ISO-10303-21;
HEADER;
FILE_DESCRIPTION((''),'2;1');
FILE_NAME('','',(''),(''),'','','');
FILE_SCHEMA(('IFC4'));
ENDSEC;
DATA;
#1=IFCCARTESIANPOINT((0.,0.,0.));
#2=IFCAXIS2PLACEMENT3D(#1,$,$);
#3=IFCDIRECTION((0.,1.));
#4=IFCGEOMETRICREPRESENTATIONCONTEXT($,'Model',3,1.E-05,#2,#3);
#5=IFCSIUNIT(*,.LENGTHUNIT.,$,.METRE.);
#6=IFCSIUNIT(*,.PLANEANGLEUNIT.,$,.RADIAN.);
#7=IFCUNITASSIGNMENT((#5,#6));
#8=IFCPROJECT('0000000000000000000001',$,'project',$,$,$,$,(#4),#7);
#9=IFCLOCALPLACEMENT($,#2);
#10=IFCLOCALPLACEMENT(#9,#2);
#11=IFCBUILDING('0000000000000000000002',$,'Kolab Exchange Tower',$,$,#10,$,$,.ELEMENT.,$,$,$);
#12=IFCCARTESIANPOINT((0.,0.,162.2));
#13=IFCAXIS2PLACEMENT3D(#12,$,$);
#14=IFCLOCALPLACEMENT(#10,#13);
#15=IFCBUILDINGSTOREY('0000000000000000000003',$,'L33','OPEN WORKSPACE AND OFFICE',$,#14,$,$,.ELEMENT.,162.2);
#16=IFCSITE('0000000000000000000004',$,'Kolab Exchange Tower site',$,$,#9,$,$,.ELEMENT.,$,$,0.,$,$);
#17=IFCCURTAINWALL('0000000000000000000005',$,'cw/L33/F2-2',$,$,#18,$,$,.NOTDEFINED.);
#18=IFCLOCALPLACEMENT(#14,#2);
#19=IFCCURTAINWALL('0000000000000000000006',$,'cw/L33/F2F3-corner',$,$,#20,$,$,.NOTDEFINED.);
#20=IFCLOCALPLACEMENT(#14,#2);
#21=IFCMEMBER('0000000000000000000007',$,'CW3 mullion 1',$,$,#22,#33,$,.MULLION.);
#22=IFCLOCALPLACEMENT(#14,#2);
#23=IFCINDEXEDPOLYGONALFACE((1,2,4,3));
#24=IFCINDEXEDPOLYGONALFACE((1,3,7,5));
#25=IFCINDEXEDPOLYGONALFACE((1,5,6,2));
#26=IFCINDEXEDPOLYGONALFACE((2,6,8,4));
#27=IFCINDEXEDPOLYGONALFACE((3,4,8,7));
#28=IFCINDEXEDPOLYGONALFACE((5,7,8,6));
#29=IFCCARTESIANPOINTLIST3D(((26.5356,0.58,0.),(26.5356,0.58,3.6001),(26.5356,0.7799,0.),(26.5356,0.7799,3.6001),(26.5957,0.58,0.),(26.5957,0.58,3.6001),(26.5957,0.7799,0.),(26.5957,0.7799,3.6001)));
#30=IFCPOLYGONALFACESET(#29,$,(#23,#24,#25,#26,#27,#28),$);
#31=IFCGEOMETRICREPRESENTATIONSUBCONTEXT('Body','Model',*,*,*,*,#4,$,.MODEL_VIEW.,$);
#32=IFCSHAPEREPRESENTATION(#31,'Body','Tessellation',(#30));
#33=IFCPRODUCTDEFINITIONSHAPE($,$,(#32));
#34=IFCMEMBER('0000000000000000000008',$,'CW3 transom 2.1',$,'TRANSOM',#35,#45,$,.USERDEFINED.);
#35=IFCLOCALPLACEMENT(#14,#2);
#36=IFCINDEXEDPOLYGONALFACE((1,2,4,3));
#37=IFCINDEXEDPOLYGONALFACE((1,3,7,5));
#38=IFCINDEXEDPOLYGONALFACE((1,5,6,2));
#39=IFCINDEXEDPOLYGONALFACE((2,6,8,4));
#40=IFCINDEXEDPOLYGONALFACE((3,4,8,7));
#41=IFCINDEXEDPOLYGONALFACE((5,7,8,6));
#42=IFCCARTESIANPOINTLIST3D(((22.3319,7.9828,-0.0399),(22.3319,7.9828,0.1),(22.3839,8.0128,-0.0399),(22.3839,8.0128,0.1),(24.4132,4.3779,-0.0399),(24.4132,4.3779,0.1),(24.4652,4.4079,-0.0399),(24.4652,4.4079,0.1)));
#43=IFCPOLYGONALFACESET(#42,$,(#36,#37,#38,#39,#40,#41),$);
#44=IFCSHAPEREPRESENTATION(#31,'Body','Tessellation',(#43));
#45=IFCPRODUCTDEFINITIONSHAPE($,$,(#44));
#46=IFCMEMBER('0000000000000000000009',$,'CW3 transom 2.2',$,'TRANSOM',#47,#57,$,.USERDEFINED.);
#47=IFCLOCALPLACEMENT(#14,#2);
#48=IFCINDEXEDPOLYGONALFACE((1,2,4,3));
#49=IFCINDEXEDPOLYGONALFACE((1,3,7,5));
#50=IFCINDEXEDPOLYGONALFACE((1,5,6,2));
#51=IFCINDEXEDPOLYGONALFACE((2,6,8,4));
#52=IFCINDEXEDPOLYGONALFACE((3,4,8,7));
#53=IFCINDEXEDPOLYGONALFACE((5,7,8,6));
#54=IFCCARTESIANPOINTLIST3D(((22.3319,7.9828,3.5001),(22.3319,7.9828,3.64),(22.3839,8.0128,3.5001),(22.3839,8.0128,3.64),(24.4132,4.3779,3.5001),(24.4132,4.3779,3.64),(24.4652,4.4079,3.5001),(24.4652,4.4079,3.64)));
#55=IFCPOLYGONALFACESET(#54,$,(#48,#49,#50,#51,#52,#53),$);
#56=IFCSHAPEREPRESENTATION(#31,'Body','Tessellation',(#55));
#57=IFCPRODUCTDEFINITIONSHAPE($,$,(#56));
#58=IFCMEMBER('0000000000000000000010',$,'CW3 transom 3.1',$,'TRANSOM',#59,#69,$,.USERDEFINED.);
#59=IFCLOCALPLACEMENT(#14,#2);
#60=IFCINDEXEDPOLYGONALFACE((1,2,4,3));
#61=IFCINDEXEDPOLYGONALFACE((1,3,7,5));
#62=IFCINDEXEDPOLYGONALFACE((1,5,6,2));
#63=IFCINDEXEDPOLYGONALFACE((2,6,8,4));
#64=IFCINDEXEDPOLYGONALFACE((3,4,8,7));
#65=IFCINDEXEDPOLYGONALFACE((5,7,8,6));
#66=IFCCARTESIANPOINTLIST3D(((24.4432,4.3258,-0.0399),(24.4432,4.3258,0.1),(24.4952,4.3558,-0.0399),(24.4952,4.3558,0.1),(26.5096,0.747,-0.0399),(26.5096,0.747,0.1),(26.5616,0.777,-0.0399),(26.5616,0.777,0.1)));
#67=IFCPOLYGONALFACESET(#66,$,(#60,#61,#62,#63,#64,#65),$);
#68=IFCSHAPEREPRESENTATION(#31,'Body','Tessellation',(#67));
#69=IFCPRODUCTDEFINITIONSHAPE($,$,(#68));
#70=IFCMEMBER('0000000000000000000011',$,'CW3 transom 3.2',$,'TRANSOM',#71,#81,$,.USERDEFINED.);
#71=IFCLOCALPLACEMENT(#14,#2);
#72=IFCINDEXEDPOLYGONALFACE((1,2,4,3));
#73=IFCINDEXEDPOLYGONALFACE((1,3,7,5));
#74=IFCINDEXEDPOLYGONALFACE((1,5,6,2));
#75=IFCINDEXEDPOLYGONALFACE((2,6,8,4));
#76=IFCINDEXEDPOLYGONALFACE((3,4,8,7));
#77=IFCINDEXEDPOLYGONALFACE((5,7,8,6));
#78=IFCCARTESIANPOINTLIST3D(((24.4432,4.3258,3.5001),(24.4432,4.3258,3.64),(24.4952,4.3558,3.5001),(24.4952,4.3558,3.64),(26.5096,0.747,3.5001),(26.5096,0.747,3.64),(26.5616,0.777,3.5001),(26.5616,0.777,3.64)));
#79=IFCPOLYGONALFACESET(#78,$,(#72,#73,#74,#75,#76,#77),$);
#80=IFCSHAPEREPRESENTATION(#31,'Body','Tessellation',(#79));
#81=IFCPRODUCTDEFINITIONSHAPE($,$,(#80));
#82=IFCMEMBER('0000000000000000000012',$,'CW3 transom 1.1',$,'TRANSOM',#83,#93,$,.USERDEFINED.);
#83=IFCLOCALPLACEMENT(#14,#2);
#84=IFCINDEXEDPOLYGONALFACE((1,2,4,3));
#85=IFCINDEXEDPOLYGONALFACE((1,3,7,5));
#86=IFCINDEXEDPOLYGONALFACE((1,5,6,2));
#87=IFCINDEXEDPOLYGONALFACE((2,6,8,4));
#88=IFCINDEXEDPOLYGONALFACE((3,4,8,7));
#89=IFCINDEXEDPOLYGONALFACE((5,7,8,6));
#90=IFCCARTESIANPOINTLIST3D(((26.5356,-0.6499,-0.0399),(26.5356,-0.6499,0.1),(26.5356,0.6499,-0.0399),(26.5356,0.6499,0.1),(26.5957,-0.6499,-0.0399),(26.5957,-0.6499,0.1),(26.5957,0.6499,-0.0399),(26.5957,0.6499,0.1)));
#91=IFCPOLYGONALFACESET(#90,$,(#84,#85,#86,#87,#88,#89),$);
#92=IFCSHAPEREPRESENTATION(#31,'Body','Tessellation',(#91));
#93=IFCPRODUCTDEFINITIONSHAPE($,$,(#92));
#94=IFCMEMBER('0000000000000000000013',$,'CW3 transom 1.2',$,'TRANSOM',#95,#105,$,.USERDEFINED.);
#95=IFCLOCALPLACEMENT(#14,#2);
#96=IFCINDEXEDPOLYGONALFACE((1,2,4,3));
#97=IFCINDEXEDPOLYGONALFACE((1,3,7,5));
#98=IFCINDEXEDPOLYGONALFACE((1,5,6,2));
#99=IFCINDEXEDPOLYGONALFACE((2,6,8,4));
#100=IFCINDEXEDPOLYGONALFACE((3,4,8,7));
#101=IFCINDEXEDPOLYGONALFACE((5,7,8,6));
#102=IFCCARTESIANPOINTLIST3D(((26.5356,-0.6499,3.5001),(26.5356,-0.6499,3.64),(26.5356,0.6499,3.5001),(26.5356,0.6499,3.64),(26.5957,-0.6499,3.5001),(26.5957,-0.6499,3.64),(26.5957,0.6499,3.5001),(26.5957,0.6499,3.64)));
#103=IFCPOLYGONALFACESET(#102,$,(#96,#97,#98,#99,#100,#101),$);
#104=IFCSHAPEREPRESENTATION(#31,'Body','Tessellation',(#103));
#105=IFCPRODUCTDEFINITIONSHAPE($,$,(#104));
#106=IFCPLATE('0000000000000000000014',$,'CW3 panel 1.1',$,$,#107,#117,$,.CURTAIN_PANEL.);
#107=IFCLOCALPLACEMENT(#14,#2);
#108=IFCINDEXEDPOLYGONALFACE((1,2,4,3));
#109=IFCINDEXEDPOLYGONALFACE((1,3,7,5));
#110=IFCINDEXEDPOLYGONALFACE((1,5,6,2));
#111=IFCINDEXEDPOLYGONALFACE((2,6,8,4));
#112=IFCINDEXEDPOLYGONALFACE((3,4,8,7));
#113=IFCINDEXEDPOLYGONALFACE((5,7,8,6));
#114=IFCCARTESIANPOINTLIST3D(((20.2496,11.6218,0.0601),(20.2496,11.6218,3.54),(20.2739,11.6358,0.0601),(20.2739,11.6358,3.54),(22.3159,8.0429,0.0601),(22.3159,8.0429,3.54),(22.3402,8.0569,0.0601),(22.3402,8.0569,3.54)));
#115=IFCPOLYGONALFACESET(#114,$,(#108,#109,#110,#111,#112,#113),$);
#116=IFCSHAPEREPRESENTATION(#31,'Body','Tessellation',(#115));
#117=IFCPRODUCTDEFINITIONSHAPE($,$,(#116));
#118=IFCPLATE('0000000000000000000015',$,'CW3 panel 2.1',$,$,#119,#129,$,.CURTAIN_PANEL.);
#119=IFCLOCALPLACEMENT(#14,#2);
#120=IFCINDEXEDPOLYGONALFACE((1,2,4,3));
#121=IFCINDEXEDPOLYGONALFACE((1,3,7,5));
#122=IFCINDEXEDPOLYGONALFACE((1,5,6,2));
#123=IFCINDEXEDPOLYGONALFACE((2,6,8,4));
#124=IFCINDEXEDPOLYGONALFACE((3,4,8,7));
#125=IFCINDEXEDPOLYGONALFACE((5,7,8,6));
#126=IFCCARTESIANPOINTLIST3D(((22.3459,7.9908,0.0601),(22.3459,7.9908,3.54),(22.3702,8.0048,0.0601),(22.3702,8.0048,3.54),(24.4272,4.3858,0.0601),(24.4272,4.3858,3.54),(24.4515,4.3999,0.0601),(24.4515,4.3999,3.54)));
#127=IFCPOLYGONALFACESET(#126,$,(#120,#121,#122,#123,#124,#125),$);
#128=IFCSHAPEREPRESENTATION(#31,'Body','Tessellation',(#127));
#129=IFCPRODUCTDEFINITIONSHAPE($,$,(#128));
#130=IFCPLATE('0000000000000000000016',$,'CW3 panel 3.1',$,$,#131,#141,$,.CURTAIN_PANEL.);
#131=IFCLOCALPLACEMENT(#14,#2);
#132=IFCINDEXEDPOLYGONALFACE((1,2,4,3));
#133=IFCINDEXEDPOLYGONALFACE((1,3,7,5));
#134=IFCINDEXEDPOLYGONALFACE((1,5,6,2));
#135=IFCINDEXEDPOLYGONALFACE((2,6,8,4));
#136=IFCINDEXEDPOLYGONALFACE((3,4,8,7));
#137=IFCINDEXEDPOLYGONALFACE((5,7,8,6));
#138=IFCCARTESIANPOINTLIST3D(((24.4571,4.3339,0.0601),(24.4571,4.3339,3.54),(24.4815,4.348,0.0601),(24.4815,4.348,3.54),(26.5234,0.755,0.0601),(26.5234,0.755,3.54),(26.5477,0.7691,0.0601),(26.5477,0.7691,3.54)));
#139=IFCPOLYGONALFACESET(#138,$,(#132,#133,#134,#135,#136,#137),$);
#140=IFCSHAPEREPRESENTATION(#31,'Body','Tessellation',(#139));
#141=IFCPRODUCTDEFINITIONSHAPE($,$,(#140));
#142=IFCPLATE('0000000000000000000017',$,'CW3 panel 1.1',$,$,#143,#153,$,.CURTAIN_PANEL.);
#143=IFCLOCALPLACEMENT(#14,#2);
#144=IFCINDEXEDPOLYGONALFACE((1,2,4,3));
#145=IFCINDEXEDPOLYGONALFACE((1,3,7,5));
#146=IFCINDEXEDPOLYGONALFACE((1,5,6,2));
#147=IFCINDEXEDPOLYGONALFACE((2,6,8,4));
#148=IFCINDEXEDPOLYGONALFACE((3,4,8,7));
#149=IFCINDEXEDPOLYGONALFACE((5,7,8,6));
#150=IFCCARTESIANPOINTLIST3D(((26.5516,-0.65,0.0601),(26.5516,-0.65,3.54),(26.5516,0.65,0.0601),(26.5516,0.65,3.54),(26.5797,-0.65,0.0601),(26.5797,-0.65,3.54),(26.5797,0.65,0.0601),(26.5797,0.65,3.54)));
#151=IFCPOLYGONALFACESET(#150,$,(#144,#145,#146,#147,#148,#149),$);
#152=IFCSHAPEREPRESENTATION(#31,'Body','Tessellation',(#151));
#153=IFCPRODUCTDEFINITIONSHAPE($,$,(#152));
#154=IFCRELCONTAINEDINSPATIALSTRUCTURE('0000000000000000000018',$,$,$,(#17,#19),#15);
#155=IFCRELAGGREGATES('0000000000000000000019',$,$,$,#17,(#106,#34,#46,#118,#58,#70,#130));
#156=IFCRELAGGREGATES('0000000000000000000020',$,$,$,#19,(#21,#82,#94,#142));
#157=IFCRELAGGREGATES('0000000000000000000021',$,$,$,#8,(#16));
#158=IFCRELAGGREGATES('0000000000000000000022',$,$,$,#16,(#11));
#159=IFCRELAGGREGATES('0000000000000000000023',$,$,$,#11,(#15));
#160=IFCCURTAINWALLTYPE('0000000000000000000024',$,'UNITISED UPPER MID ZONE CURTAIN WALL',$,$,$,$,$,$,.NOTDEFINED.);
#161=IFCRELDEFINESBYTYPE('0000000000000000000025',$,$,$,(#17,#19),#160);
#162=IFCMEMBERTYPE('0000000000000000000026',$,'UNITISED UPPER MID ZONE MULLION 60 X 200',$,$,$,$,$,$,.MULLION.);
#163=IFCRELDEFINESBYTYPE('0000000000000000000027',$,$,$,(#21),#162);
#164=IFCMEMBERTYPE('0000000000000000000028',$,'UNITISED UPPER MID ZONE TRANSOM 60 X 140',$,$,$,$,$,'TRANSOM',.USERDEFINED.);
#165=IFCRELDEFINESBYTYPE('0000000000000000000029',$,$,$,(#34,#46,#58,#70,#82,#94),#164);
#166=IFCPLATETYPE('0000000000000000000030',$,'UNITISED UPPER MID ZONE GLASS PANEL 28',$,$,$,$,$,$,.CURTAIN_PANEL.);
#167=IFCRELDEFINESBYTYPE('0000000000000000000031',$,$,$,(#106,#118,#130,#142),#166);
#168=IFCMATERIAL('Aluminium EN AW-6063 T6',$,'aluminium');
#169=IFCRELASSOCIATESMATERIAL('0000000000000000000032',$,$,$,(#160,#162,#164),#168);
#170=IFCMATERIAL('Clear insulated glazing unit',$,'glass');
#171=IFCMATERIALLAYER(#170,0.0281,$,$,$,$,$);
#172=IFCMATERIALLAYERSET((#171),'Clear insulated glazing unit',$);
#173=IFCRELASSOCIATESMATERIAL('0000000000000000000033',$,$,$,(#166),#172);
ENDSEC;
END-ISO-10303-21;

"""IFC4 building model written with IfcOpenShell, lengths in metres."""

from ifc_helpers import new_model, si_unit, direction, frame, origin, origin_2d, place, context, subcontext, project, spatial, rectangle, extrude, material, layer, layer_set, material_profile, profile_set, type_object, element, aggregate, save


model = new_model("IFC4")

# Units and contexts
model_context = context("Model", 3, precision=1e-05, world=origin(), true_north=direction((0.0, 1.0)))
body_context = subcontext(model_context, "Body", "Model", "MODEL_VIEW")
ifc_project = project(units=[si_unit("LENGTHUNIT", "METRE"), si_unit("PLANEANGLEUNIT", "RADIAN")], contexts=[model_context])

# Site, building, storey
site_placement = place(None, origin())
site = spatial("IfcSite", under=ifc_project, at=site_placement, Name="Kolab Exchange Tower site", CompositionType="ELEMENT", RefElevation=0.0)
building_placement = place(site_placement, origin())
building = spatial("IfcBuilding", under=site, at=building_placement, Name="Kolab Exchange Tower", CompositionType="ELEMENT")
storey_placement = place(building_placement, frame((0.0, 0.0, 162.2)))
storey = spatial("IfcBuildingStorey", under=building, at=storey_placement, Name="L33", Description="OPEN WORKSPACE AND OFFICE", CompositionType="ELEMENT", Elevation=162.2)

# Curtain wall
ifc_material_1 = material(Name="Aluminium EN AW-6063 T6", Category="aluminium")
curtain_wall_type = type_object("IfcCurtainWallType", Name="UNITISED UPPER MID ZONE CURTAIN WALL", PredefinedType="NOTDEFINED", material=ifc_material_1)
curtain_wall_1_placement = place(storey_placement, origin())
curtain_wall_1 = element("IfcCurtainWall", 1, at=curtain_wall_1_placement, inside=storey, type_object=curtain_wall_type, Name="cw/L33/F2-2", PredefinedType="NOTDEFINED")
ifc_material_profile_1 = material_profile(ifc_material_1, rectangle(XDim=0.0601, YDim=0.2, at=origin_2d()), Name="RECT 60X200")
ifc_profile_set_1 = profile_set([ifc_material_profile_1], Name="Aluminium EN AW-6063 T6")
member_type_1 = type_object("IfcMemberType", Name="UNITISED UPPER MID ZONE MULLION 60 X 200", PredefinedType="MULLION", material=ifc_profile_set_1)

# Curtain wall, member
curtain_wall_2_placement = place(storey_placement, origin())
curtain_wall_2 = element("IfcCurtainWall", 2, at=curtain_wall_2_placement, inside=storey, type_object=curtain_wall_type, Name="cw/L33/F2F3-corner", PredefinedType="NOTDEFINED")
member_1_placement = place(storey_placement, frame((26.5657, 0.6799, 0.0), z_axis=(0.0, 0.0, 1.0), x_axis=(1.0, 0.0, 0.0)))
member_1 = element("IfcMember", 3, at=member_1_placement, type_object=member_type_1, Name="CW3 mullion 1", PredefinedType="MULLION", context=body_context, shape_type="SweptSolid", body=[
    extrude(rectangle(XDim=0.0601, YDim=0.2, at=origin_2d()), origin(), (0.0, 0.0, 1.0), 3.6001),
])

# Members
ifc_material_profile_2 = material_profile(ifc_material_1, rectangle(XDim=0.0601, YDim=0.1399, at=origin_2d()), Name="RECT 60X140")
ifc_profile_set_2 = profile_set([ifc_material_profile_2], Name="Aluminium EN AW-6063 T6")
member_type_2 = type_object("IfcMemberType", Name="UNITISED UPPER MID ZONE TRANSOM 60 X 140", ElementType="TRANSOM", PredefinedType="USERDEFINED", material=ifc_profile_set_2)
member_2_placement = place(storey_placement, frame((22.3579, 7.9978, 0.03), z_axis=(0.499993, -0.866029, 0.0), x_axis=(0.866029, 0.499993, 0.0)))
member_2 = element("IfcMember", 4, at=member_2_placement, type_object=member_type_2, Name="CW3 transom 2.1", ObjectType="TRANSOM", PredefinedType="USERDEFINED", context=body_context, shape_type="SweptSolid", body=[
    extrude(rectangle(XDim=0.0601, YDim=0.1399, at=origin_2d()), origin(), (0.0, 0.0, 1.0), 4.1626),
])
member_3_placement = place(storey_placement, frame((22.3579, 7.9978, 3.5701), z_axis=(0.499993, -0.866029, 0.0), x_axis=(0.866029, 0.499993, 0.0)))
member_3 = element("IfcMember", 5, at=member_3_placement, type_object=member_type_2, Name="CW3 transom 2.2", ObjectType="TRANSOM", PredefinedType="USERDEFINED", context=body_context, shape_type="SweptSolid", body=[
    extrude(rectangle(XDim=0.0601, YDim=0.1399, at=origin_2d()), origin(), (0.0, 0.0, 1.0), 4.1626),
])
member_4_placement = place(storey_placement, frame((24.4692, 4.3408, 0.03), z_axis=(0.500028, -0.866009, 0.0), x_axis=(0.866009, 0.500028, 0.0)))
member_4 = element("IfcMember", 6, at=member_4_placement, type_object=member_type_2, Name="CW3 transom 3.1", ObjectType="TRANSOM", PredefinedType="USERDEFINED", context=body_context, shape_type="SweptSolid", body=[
    extrude(rectangle(XDim=0.0601, YDim=0.1399, at=origin_2d()), origin(), (0.0, 0.0, 1.0), 4.1326),
])
member_5_placement = place(storey_placement, frame((24.4692, 4.3408, 3.5701), z_axis=(0.500028, -0.866009, 0.0), x_axis=(0.866009, 0.500028, 0.0)))
member_5 = element("IfcMember", 7, at=member_5_placement, type_object=member_type_2, Name="CW3 transom 3.2", ObjectType="TRANSOM", PredefinedType="USERDEFINED", context=body_context, shape_type="SweptSolid", body=[
    extrude(rectangle(XDim=0.0601, YDim=0.1399, at=origin_2d()), origin(), (0.0, 0.0, 1.0), 4.1326),
])
member_6_placement = place(storey_placement, frame((26.5657, 0.6499, 0.03), z_axis=(0.0, -1.0, 0.0), x_axis=(1.0, 0.0, 0.0)))
member_6 = element("IfcMember", 8, at=member_6_placement, type_object=member_type_2, Name="CW3 transom 1.1", ObjectType="TRANSOM", PredefinedType="USERDEFINED", context=body_context, shape_type="SweptSolid", body=[
    extrude(rectangle(XDim=0.0601, YDim=0.1399, at=origin_2d()), origin(), (0.0, 0.0, 1.0), 1.2998),
])
member_7_placement = place(storey_placement, frame((26.5657, 0.6499, 3.5701), z_axis=(0.0, -1.0, 0.0), x_axis=(1.0, 0.0, 0.0)))
member_7 = element("IfcMember", 9, at=member_7_placement, type_object=member_type_2, Name="CW3 transom 1.2", ObjectType="TRANSOM", PredefinedType="USERDEFINED", context=body_context, shape_type="SweptSolid", body=[
    extrude(rectangle(XDim=0.0601, YDim=0.1399, at=origin_2d()), origin(), (0.0, 0.0, 1.0), 1.2998),
])

# Plates
ifc_material_2 = material(Name="Clear insulated glazing unit", Category="glass")
ifc_layer = layer(ifc_material_2, 0.0281)
ifc_layer_set = layer_set([ifc_layer], Name="Clear insulated glazing unit")
plate_type = type_object("IfcPlateType", Name="UNITISED UPPER MID ZONE GLASS PANEL 28", PredefinedType="CURTAIN_PANEL", material=ifc_layer_set)
plate_1_placement = place(storey_placement, frame((21.2949, 9.8394, 0.0601), z_axis=(0.0, 0.0, 1.0), x_axis=(0.5, -0.866025, 0.0)))
plate_1 = element("IfcPlate", 10, at=plate_1_placement, type_object=plate_type, Name="CW3 panel 1.1", PredefinedType="CURTAIN_PANEL", context=body_context, shape_type="SweptSolid", body=[
    extrude(rectangle(XDim=4.1326, YDim=0.0281, at=origin_2d()), origin(), (0.0, 0.0, 1.0), 3.48),
])
plate_2_placement = place(storey_placement, frame((23.3987, 6.1953, 0.0601), z_axis=(0.0, 0.0, 1.0), x_axis=(0.5, -0.866025, 0.0)))
plate_2 = element("IfcPlate", 11, at=plate_2_placement, type_object=plate_type, Name="CW3 panel 2.1", PredefinedType="CURTAIN_PANEL", context=body_context, shape_type="SweptSolid", body=[
    extrude(rectangle(XDim=4.1626, YDim=0.0281, at=origin_2d()), origin(), (0.0, 0.0, 1.0), 3.48),
])
plate_3_placement = place(storey_placement, frame((25.5024, 2.5515, 0.0601), z_axis=(0.0, 0.0, 1.0), x_axis=(0.5, -0.866025, 0.0)))
plate_3 = element("IfcPlate", 12, at=plate_3_placement, type_object=plate_type, Name="CW3 panel 3.1", PredefinedType="CURTAIN_PANEL", context=body_context, shape_type="SweptSolid", body=[
    extrude(rectangle(XDim=4.1326, YDim=0.0281, at=origin_2d()), origin(), (0.0, 0.0, 1.0), 3.48),
])
aggregate(curtain_wall_1, [plate_1, member_2, member_3, plate_2, member_4, member_5, plate_3])
plate_4_placement = place(storey_placement, frame((26.5657, 0.0, 0.0601), z_axis=(0.0, 0.0, 1.0), x_axis=(0.0, -1.0, 0.0)))
plate_4 = element("IfcPlate", 13, at=plate_4_placement, type_object=plate_type, Name="CW3 panel 1.1", PredefinedType="CURTAIN_PANEL", context=body_context, shape_type="SweptSolid", body=[
    extrude(rectangle(XDim=1.3, YDim=0.0281, at=origin_2d()), origin(), (0.0, 0.0, 1.0), 3.48),
])
aggregate(curtain_wall_2, [member_1, member_6, member_7, plate_4])

save(model, "model.ifc")
